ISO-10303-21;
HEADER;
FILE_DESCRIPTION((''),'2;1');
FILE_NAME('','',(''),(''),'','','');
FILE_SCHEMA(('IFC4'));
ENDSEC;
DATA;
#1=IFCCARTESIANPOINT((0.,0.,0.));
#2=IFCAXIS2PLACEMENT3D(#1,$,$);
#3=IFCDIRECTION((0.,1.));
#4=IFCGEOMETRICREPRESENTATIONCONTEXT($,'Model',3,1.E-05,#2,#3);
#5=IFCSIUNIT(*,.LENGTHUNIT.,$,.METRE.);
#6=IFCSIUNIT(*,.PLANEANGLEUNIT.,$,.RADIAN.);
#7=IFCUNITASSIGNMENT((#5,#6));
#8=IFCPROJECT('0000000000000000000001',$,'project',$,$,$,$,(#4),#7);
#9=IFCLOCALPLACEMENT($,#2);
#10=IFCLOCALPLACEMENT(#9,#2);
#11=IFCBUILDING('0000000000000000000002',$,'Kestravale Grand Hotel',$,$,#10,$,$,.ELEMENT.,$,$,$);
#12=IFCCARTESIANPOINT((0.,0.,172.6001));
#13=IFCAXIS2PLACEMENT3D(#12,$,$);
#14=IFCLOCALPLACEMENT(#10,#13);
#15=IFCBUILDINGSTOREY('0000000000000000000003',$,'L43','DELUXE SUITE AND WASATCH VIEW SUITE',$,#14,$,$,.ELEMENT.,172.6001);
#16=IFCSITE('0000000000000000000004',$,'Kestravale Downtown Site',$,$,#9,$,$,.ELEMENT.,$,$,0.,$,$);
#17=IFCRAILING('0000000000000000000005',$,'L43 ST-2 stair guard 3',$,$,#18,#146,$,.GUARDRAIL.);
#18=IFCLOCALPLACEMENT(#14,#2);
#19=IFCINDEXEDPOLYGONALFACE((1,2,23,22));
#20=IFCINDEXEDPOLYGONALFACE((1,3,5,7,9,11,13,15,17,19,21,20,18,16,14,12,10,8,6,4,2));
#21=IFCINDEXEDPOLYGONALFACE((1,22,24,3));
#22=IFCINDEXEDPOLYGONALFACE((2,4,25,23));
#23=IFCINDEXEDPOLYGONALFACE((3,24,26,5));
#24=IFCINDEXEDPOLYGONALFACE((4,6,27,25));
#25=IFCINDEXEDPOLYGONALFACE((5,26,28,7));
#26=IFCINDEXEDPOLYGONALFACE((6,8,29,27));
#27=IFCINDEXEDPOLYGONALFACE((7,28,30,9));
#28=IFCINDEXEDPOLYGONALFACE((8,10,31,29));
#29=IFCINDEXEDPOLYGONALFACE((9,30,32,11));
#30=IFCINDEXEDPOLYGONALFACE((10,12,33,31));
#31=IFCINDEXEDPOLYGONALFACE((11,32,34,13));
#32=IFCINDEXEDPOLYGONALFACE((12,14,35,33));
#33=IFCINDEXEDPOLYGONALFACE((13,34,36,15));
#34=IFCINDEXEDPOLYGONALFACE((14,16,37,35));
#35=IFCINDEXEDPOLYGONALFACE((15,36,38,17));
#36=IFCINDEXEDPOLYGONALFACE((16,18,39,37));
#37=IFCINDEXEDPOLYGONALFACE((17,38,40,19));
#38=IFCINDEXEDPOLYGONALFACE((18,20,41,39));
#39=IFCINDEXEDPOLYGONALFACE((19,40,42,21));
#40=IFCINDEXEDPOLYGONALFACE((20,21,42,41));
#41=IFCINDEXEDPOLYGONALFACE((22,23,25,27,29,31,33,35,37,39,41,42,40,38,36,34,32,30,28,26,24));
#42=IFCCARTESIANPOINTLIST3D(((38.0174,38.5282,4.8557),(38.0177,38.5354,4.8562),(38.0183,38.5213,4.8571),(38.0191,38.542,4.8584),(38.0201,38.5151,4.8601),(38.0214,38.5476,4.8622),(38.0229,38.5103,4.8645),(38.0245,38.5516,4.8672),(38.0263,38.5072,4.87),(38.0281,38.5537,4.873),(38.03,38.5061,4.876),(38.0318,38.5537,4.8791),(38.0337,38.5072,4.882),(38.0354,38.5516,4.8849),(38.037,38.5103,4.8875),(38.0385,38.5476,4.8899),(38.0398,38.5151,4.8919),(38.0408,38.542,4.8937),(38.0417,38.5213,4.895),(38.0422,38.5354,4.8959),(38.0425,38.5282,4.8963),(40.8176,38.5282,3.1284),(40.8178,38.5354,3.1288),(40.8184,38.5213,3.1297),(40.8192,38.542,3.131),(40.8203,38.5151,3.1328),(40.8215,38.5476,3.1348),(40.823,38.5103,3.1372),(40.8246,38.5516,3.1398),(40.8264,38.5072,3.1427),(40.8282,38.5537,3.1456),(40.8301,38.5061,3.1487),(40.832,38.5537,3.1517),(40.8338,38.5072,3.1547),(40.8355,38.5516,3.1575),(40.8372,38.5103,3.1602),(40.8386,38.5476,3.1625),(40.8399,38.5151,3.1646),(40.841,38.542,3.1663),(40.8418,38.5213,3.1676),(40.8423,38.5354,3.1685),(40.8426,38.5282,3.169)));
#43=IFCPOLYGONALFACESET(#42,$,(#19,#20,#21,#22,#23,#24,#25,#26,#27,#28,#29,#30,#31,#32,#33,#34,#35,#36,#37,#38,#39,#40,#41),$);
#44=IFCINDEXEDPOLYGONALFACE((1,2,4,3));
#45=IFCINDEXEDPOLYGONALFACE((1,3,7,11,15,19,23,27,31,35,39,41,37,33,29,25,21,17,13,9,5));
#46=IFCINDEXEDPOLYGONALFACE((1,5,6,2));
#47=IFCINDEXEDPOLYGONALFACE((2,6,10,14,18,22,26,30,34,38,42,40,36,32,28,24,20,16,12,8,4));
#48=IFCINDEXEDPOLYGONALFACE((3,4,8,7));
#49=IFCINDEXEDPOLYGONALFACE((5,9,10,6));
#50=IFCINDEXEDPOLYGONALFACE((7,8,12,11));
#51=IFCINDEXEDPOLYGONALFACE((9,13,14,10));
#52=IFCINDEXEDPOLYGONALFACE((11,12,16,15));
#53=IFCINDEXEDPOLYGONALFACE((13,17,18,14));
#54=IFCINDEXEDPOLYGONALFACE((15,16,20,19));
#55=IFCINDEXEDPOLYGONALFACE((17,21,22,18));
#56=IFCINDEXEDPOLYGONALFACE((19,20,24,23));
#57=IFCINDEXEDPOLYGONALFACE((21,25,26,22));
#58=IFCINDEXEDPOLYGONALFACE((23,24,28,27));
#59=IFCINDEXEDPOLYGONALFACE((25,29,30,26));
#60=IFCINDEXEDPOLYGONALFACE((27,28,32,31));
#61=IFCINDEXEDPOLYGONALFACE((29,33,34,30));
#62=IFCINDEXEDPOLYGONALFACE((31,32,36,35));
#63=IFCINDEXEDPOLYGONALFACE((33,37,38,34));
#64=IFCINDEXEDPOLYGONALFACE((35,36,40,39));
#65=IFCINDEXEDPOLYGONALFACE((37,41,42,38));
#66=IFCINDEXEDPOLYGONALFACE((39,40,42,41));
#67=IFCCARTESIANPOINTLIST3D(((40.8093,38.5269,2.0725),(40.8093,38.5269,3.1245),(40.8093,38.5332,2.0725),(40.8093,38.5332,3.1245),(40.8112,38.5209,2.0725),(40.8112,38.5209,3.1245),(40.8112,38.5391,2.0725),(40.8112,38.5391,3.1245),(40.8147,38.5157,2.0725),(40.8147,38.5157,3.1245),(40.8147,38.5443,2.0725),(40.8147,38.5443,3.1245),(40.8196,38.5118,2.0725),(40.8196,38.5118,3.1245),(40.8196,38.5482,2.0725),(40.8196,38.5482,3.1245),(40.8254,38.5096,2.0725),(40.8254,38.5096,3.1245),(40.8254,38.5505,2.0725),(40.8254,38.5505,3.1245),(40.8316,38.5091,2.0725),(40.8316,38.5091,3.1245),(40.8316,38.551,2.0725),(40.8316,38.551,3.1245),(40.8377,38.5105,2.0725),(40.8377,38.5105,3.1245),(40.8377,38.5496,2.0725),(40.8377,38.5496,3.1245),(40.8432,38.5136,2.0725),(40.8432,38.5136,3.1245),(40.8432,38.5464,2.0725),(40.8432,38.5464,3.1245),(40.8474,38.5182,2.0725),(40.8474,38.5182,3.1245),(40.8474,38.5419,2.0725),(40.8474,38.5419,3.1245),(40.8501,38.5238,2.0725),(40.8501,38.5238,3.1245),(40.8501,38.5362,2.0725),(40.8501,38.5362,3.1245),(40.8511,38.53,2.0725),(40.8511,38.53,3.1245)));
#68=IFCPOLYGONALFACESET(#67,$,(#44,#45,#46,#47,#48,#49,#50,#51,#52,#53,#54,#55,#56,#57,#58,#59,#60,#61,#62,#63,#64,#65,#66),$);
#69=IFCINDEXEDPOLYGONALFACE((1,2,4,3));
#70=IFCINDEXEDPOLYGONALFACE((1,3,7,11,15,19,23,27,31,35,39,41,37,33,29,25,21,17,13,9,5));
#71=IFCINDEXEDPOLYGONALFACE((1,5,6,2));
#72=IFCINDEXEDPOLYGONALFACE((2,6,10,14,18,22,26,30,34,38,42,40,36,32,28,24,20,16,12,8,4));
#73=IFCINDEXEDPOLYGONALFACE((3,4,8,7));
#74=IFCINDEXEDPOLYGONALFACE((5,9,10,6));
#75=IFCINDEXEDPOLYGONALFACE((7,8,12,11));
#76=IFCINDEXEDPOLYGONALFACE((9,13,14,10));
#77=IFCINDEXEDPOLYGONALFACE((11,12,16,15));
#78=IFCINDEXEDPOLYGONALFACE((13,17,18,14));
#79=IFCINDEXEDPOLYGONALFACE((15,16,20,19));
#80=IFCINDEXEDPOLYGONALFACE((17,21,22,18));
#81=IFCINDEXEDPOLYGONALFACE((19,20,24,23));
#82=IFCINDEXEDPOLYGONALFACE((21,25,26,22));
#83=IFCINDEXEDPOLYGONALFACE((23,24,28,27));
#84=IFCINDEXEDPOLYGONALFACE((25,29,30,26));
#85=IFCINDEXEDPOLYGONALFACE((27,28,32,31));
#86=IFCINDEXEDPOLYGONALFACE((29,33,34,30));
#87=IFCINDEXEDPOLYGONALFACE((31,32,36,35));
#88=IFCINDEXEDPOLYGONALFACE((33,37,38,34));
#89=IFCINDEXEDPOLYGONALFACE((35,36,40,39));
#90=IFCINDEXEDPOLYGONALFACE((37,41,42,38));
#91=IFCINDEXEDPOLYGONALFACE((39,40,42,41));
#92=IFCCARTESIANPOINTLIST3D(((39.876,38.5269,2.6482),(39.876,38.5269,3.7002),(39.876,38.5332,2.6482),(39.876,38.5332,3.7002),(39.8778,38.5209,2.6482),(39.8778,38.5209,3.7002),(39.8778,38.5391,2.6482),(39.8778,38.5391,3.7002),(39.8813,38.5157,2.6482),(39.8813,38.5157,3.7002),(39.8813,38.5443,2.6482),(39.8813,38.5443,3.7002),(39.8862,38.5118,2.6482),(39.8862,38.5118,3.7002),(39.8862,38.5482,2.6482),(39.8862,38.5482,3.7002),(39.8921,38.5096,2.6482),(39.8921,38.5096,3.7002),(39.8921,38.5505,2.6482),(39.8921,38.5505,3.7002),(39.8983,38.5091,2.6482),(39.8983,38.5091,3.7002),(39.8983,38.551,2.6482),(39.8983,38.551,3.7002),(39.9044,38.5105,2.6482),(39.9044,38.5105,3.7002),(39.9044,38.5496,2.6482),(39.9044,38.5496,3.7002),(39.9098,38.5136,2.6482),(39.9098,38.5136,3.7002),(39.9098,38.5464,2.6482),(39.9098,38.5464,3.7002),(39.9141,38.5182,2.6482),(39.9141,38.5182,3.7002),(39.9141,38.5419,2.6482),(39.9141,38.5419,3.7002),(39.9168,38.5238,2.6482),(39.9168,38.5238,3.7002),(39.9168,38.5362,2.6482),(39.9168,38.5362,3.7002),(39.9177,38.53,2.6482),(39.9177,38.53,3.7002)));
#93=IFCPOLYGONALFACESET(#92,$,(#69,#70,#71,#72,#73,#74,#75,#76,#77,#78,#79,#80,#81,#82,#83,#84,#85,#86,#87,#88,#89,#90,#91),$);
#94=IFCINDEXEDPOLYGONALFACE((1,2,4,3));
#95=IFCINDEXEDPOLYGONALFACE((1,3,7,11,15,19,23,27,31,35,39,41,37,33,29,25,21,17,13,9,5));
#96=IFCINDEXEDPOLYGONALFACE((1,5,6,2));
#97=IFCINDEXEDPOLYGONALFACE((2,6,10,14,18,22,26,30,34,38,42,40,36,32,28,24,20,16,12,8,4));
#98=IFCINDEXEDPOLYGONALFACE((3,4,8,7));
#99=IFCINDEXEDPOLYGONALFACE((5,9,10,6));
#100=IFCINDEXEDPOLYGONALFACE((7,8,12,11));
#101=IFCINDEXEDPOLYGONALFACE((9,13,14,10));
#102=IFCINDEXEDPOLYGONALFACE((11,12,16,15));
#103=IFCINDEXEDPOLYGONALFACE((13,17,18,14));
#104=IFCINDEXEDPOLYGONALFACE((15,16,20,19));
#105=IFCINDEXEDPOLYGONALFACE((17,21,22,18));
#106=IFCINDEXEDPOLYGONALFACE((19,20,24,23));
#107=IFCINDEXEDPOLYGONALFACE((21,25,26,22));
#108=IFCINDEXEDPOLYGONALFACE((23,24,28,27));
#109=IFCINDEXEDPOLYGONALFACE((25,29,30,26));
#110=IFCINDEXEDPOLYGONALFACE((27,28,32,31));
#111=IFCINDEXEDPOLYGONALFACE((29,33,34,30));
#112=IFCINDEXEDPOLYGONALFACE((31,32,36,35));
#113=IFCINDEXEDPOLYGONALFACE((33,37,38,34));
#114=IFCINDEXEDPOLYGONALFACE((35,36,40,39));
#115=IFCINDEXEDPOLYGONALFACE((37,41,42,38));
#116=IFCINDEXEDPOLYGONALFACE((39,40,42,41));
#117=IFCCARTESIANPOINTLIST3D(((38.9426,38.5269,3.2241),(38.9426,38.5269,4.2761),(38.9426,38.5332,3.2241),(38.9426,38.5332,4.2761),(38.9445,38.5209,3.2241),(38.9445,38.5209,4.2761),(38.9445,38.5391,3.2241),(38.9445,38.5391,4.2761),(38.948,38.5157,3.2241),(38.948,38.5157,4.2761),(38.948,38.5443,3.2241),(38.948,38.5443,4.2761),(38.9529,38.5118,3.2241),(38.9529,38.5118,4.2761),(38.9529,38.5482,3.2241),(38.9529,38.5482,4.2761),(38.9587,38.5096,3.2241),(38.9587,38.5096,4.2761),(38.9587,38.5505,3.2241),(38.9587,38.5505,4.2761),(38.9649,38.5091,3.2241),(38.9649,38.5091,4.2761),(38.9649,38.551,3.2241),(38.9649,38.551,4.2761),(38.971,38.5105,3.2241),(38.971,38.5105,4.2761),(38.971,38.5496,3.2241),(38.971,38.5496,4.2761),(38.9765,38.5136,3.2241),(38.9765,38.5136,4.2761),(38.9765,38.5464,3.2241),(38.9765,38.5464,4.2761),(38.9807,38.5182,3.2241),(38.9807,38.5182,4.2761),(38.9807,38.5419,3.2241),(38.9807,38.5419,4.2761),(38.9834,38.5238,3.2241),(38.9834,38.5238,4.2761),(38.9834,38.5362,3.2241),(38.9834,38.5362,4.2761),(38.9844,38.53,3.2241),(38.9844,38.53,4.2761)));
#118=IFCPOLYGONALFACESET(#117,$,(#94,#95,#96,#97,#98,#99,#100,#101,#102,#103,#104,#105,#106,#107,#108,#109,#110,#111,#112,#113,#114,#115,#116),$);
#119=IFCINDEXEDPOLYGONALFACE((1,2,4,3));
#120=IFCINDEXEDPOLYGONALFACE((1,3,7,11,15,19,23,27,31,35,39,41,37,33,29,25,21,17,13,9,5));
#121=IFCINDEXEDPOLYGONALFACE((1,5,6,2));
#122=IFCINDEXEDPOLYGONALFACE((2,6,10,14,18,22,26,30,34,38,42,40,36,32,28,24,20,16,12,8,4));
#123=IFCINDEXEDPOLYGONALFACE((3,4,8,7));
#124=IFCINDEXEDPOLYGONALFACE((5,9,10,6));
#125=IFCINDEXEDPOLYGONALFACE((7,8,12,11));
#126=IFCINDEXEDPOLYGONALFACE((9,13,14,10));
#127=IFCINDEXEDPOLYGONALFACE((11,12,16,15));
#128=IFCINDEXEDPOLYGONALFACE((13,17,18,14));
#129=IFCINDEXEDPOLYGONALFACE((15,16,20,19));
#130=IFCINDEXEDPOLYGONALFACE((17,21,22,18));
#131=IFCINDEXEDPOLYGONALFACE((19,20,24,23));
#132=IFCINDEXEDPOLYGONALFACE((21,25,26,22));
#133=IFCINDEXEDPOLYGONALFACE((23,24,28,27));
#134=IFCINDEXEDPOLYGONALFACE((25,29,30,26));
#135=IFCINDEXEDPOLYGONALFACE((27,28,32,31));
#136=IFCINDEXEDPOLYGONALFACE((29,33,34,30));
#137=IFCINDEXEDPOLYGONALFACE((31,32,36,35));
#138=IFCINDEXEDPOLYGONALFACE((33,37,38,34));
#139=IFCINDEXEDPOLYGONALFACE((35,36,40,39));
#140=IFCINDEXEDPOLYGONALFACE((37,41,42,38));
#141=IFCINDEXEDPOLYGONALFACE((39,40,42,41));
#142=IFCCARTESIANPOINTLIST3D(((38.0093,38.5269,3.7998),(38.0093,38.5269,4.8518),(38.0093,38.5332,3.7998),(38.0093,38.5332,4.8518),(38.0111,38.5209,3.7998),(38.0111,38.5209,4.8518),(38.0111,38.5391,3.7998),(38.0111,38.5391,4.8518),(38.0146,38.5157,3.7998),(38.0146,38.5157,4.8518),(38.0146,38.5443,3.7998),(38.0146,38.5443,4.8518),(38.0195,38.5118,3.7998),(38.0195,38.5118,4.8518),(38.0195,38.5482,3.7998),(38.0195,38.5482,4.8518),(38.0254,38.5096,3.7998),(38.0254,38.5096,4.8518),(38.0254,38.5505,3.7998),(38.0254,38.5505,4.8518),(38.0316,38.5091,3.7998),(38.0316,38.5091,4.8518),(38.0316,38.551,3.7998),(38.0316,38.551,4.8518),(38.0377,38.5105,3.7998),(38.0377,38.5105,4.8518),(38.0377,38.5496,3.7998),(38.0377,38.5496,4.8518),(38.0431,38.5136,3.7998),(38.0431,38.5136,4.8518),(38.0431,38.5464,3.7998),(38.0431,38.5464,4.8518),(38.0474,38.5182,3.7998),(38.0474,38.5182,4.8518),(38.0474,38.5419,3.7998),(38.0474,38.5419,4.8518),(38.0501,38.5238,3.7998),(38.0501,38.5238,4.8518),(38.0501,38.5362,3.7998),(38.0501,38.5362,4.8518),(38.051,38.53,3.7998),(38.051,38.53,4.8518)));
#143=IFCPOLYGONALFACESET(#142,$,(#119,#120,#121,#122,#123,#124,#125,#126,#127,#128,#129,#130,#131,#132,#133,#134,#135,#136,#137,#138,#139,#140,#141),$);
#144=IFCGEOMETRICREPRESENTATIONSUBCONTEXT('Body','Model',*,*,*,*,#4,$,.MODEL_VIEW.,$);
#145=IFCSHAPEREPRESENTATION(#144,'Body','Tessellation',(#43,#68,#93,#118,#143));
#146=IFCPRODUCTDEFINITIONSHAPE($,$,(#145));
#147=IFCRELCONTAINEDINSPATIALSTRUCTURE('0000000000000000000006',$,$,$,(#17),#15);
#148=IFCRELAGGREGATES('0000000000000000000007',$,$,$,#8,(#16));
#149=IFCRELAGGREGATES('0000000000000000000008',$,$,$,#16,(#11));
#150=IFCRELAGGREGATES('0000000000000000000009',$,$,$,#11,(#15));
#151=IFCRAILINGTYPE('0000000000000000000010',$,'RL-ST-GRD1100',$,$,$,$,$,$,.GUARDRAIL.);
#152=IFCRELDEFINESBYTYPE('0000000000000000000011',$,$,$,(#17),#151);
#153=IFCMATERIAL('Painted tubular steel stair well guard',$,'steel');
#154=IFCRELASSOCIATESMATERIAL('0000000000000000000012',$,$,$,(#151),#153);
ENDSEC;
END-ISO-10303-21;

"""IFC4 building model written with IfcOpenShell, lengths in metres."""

from ifc_helpers import new_model, si_unit, direction, frame, origin, origin_2d, place, context, subcontext, project, spatial, circle, extrude, material, type_object, element, save


model = new_model("IFC4")

# Units and contexts
model_context = context("Model", 3, precision=1e-05, world=origin(), true_north=direction((0.0, 1.0)))
body_context = subcontext(model_context, "Body", "Model", "MODEL_VIEW")
ifc_project = project(units=[si_unit("LENGTHUNIT", "METRE"), si_unit("PLANEANGLEUNIT", "RADIAN")], contexts=[model_context])

# Site, building, storey
site_placement = place(None, origin())
site = spatial("IfcSite", under=ifc_project, at=site_placement, Name="Kestravale Downtown Site", CompositionType="ELEMENT", RefElevation=0.0)
building_placement = place(site_placement, origin())
building = spatial("IfcBuilding", under=site, at=building_placement, Name="Kestravale Grand Hotel", CompositionType="ELEMENT")
storey_placement = place(building_placement, frame((0.0, 0.0, 172.6001)))
storey = spatial("IfcBuildingStorey", under=building, at=storey_placement, Name="L43", Description="DELUXE SUITE AND WASATCH VIEW SUITE", CompositionType="ELEMENT", Elevation=172.6001)

# Railing
ifc_material_1 = material(Name="Painted tubular steel stair well guard", Category="steel")
railing_type_1 = type_object("IfcRailingType", Name="RL-ST-GRD1100", PredefinedType="GUARDRAIL", material=ifc_material_1)
railing_1_placement = place(storey_placement, frame((40.8301, 38.53, 2.0725)))
element("IfcRailing", 1, at=railing_1_placement, inside=storey, type_object=railing_type_1, Name="L43 ST-2 stair guard 3", PredefinedType="GUARDRAIL", context=body_context, shape_type="SweptSolid", body=[
    extrude(circle(Radius=0.0239, at=origin_2d()), frame((0.0, 0.0, 1.0762), z_axis=(-0.85109, 0.0, 0.52502), x_axis=(0.0, -1.0, 0.0)), (0.0, 0.0, 1.0), 3.29),
    extrude(circle(Radius=0.021, at=origin_2d()), origin(), (0.0, 0.0, 1.0), 1.052),
    extrude(circle(Radius=0.021, at=origin_2d()), frame((-0.9333, 0.0, 0.5757)), (0.0, 0.0, 1.0), 1.052),
    extrude(circle(Radius=0.021, at=origin_2d()), frame((-1.8667, 0.0, 1.1516)), (0.0, 0.0, 1.0), 1.052),
    extrude(circle(Radius=0.021, at=origin_2d()), frame((-2.8, 0.0, 1.7273)), (0.0, 0.0, 1.0), 1.052),
])

save(model, "model.ifc")
